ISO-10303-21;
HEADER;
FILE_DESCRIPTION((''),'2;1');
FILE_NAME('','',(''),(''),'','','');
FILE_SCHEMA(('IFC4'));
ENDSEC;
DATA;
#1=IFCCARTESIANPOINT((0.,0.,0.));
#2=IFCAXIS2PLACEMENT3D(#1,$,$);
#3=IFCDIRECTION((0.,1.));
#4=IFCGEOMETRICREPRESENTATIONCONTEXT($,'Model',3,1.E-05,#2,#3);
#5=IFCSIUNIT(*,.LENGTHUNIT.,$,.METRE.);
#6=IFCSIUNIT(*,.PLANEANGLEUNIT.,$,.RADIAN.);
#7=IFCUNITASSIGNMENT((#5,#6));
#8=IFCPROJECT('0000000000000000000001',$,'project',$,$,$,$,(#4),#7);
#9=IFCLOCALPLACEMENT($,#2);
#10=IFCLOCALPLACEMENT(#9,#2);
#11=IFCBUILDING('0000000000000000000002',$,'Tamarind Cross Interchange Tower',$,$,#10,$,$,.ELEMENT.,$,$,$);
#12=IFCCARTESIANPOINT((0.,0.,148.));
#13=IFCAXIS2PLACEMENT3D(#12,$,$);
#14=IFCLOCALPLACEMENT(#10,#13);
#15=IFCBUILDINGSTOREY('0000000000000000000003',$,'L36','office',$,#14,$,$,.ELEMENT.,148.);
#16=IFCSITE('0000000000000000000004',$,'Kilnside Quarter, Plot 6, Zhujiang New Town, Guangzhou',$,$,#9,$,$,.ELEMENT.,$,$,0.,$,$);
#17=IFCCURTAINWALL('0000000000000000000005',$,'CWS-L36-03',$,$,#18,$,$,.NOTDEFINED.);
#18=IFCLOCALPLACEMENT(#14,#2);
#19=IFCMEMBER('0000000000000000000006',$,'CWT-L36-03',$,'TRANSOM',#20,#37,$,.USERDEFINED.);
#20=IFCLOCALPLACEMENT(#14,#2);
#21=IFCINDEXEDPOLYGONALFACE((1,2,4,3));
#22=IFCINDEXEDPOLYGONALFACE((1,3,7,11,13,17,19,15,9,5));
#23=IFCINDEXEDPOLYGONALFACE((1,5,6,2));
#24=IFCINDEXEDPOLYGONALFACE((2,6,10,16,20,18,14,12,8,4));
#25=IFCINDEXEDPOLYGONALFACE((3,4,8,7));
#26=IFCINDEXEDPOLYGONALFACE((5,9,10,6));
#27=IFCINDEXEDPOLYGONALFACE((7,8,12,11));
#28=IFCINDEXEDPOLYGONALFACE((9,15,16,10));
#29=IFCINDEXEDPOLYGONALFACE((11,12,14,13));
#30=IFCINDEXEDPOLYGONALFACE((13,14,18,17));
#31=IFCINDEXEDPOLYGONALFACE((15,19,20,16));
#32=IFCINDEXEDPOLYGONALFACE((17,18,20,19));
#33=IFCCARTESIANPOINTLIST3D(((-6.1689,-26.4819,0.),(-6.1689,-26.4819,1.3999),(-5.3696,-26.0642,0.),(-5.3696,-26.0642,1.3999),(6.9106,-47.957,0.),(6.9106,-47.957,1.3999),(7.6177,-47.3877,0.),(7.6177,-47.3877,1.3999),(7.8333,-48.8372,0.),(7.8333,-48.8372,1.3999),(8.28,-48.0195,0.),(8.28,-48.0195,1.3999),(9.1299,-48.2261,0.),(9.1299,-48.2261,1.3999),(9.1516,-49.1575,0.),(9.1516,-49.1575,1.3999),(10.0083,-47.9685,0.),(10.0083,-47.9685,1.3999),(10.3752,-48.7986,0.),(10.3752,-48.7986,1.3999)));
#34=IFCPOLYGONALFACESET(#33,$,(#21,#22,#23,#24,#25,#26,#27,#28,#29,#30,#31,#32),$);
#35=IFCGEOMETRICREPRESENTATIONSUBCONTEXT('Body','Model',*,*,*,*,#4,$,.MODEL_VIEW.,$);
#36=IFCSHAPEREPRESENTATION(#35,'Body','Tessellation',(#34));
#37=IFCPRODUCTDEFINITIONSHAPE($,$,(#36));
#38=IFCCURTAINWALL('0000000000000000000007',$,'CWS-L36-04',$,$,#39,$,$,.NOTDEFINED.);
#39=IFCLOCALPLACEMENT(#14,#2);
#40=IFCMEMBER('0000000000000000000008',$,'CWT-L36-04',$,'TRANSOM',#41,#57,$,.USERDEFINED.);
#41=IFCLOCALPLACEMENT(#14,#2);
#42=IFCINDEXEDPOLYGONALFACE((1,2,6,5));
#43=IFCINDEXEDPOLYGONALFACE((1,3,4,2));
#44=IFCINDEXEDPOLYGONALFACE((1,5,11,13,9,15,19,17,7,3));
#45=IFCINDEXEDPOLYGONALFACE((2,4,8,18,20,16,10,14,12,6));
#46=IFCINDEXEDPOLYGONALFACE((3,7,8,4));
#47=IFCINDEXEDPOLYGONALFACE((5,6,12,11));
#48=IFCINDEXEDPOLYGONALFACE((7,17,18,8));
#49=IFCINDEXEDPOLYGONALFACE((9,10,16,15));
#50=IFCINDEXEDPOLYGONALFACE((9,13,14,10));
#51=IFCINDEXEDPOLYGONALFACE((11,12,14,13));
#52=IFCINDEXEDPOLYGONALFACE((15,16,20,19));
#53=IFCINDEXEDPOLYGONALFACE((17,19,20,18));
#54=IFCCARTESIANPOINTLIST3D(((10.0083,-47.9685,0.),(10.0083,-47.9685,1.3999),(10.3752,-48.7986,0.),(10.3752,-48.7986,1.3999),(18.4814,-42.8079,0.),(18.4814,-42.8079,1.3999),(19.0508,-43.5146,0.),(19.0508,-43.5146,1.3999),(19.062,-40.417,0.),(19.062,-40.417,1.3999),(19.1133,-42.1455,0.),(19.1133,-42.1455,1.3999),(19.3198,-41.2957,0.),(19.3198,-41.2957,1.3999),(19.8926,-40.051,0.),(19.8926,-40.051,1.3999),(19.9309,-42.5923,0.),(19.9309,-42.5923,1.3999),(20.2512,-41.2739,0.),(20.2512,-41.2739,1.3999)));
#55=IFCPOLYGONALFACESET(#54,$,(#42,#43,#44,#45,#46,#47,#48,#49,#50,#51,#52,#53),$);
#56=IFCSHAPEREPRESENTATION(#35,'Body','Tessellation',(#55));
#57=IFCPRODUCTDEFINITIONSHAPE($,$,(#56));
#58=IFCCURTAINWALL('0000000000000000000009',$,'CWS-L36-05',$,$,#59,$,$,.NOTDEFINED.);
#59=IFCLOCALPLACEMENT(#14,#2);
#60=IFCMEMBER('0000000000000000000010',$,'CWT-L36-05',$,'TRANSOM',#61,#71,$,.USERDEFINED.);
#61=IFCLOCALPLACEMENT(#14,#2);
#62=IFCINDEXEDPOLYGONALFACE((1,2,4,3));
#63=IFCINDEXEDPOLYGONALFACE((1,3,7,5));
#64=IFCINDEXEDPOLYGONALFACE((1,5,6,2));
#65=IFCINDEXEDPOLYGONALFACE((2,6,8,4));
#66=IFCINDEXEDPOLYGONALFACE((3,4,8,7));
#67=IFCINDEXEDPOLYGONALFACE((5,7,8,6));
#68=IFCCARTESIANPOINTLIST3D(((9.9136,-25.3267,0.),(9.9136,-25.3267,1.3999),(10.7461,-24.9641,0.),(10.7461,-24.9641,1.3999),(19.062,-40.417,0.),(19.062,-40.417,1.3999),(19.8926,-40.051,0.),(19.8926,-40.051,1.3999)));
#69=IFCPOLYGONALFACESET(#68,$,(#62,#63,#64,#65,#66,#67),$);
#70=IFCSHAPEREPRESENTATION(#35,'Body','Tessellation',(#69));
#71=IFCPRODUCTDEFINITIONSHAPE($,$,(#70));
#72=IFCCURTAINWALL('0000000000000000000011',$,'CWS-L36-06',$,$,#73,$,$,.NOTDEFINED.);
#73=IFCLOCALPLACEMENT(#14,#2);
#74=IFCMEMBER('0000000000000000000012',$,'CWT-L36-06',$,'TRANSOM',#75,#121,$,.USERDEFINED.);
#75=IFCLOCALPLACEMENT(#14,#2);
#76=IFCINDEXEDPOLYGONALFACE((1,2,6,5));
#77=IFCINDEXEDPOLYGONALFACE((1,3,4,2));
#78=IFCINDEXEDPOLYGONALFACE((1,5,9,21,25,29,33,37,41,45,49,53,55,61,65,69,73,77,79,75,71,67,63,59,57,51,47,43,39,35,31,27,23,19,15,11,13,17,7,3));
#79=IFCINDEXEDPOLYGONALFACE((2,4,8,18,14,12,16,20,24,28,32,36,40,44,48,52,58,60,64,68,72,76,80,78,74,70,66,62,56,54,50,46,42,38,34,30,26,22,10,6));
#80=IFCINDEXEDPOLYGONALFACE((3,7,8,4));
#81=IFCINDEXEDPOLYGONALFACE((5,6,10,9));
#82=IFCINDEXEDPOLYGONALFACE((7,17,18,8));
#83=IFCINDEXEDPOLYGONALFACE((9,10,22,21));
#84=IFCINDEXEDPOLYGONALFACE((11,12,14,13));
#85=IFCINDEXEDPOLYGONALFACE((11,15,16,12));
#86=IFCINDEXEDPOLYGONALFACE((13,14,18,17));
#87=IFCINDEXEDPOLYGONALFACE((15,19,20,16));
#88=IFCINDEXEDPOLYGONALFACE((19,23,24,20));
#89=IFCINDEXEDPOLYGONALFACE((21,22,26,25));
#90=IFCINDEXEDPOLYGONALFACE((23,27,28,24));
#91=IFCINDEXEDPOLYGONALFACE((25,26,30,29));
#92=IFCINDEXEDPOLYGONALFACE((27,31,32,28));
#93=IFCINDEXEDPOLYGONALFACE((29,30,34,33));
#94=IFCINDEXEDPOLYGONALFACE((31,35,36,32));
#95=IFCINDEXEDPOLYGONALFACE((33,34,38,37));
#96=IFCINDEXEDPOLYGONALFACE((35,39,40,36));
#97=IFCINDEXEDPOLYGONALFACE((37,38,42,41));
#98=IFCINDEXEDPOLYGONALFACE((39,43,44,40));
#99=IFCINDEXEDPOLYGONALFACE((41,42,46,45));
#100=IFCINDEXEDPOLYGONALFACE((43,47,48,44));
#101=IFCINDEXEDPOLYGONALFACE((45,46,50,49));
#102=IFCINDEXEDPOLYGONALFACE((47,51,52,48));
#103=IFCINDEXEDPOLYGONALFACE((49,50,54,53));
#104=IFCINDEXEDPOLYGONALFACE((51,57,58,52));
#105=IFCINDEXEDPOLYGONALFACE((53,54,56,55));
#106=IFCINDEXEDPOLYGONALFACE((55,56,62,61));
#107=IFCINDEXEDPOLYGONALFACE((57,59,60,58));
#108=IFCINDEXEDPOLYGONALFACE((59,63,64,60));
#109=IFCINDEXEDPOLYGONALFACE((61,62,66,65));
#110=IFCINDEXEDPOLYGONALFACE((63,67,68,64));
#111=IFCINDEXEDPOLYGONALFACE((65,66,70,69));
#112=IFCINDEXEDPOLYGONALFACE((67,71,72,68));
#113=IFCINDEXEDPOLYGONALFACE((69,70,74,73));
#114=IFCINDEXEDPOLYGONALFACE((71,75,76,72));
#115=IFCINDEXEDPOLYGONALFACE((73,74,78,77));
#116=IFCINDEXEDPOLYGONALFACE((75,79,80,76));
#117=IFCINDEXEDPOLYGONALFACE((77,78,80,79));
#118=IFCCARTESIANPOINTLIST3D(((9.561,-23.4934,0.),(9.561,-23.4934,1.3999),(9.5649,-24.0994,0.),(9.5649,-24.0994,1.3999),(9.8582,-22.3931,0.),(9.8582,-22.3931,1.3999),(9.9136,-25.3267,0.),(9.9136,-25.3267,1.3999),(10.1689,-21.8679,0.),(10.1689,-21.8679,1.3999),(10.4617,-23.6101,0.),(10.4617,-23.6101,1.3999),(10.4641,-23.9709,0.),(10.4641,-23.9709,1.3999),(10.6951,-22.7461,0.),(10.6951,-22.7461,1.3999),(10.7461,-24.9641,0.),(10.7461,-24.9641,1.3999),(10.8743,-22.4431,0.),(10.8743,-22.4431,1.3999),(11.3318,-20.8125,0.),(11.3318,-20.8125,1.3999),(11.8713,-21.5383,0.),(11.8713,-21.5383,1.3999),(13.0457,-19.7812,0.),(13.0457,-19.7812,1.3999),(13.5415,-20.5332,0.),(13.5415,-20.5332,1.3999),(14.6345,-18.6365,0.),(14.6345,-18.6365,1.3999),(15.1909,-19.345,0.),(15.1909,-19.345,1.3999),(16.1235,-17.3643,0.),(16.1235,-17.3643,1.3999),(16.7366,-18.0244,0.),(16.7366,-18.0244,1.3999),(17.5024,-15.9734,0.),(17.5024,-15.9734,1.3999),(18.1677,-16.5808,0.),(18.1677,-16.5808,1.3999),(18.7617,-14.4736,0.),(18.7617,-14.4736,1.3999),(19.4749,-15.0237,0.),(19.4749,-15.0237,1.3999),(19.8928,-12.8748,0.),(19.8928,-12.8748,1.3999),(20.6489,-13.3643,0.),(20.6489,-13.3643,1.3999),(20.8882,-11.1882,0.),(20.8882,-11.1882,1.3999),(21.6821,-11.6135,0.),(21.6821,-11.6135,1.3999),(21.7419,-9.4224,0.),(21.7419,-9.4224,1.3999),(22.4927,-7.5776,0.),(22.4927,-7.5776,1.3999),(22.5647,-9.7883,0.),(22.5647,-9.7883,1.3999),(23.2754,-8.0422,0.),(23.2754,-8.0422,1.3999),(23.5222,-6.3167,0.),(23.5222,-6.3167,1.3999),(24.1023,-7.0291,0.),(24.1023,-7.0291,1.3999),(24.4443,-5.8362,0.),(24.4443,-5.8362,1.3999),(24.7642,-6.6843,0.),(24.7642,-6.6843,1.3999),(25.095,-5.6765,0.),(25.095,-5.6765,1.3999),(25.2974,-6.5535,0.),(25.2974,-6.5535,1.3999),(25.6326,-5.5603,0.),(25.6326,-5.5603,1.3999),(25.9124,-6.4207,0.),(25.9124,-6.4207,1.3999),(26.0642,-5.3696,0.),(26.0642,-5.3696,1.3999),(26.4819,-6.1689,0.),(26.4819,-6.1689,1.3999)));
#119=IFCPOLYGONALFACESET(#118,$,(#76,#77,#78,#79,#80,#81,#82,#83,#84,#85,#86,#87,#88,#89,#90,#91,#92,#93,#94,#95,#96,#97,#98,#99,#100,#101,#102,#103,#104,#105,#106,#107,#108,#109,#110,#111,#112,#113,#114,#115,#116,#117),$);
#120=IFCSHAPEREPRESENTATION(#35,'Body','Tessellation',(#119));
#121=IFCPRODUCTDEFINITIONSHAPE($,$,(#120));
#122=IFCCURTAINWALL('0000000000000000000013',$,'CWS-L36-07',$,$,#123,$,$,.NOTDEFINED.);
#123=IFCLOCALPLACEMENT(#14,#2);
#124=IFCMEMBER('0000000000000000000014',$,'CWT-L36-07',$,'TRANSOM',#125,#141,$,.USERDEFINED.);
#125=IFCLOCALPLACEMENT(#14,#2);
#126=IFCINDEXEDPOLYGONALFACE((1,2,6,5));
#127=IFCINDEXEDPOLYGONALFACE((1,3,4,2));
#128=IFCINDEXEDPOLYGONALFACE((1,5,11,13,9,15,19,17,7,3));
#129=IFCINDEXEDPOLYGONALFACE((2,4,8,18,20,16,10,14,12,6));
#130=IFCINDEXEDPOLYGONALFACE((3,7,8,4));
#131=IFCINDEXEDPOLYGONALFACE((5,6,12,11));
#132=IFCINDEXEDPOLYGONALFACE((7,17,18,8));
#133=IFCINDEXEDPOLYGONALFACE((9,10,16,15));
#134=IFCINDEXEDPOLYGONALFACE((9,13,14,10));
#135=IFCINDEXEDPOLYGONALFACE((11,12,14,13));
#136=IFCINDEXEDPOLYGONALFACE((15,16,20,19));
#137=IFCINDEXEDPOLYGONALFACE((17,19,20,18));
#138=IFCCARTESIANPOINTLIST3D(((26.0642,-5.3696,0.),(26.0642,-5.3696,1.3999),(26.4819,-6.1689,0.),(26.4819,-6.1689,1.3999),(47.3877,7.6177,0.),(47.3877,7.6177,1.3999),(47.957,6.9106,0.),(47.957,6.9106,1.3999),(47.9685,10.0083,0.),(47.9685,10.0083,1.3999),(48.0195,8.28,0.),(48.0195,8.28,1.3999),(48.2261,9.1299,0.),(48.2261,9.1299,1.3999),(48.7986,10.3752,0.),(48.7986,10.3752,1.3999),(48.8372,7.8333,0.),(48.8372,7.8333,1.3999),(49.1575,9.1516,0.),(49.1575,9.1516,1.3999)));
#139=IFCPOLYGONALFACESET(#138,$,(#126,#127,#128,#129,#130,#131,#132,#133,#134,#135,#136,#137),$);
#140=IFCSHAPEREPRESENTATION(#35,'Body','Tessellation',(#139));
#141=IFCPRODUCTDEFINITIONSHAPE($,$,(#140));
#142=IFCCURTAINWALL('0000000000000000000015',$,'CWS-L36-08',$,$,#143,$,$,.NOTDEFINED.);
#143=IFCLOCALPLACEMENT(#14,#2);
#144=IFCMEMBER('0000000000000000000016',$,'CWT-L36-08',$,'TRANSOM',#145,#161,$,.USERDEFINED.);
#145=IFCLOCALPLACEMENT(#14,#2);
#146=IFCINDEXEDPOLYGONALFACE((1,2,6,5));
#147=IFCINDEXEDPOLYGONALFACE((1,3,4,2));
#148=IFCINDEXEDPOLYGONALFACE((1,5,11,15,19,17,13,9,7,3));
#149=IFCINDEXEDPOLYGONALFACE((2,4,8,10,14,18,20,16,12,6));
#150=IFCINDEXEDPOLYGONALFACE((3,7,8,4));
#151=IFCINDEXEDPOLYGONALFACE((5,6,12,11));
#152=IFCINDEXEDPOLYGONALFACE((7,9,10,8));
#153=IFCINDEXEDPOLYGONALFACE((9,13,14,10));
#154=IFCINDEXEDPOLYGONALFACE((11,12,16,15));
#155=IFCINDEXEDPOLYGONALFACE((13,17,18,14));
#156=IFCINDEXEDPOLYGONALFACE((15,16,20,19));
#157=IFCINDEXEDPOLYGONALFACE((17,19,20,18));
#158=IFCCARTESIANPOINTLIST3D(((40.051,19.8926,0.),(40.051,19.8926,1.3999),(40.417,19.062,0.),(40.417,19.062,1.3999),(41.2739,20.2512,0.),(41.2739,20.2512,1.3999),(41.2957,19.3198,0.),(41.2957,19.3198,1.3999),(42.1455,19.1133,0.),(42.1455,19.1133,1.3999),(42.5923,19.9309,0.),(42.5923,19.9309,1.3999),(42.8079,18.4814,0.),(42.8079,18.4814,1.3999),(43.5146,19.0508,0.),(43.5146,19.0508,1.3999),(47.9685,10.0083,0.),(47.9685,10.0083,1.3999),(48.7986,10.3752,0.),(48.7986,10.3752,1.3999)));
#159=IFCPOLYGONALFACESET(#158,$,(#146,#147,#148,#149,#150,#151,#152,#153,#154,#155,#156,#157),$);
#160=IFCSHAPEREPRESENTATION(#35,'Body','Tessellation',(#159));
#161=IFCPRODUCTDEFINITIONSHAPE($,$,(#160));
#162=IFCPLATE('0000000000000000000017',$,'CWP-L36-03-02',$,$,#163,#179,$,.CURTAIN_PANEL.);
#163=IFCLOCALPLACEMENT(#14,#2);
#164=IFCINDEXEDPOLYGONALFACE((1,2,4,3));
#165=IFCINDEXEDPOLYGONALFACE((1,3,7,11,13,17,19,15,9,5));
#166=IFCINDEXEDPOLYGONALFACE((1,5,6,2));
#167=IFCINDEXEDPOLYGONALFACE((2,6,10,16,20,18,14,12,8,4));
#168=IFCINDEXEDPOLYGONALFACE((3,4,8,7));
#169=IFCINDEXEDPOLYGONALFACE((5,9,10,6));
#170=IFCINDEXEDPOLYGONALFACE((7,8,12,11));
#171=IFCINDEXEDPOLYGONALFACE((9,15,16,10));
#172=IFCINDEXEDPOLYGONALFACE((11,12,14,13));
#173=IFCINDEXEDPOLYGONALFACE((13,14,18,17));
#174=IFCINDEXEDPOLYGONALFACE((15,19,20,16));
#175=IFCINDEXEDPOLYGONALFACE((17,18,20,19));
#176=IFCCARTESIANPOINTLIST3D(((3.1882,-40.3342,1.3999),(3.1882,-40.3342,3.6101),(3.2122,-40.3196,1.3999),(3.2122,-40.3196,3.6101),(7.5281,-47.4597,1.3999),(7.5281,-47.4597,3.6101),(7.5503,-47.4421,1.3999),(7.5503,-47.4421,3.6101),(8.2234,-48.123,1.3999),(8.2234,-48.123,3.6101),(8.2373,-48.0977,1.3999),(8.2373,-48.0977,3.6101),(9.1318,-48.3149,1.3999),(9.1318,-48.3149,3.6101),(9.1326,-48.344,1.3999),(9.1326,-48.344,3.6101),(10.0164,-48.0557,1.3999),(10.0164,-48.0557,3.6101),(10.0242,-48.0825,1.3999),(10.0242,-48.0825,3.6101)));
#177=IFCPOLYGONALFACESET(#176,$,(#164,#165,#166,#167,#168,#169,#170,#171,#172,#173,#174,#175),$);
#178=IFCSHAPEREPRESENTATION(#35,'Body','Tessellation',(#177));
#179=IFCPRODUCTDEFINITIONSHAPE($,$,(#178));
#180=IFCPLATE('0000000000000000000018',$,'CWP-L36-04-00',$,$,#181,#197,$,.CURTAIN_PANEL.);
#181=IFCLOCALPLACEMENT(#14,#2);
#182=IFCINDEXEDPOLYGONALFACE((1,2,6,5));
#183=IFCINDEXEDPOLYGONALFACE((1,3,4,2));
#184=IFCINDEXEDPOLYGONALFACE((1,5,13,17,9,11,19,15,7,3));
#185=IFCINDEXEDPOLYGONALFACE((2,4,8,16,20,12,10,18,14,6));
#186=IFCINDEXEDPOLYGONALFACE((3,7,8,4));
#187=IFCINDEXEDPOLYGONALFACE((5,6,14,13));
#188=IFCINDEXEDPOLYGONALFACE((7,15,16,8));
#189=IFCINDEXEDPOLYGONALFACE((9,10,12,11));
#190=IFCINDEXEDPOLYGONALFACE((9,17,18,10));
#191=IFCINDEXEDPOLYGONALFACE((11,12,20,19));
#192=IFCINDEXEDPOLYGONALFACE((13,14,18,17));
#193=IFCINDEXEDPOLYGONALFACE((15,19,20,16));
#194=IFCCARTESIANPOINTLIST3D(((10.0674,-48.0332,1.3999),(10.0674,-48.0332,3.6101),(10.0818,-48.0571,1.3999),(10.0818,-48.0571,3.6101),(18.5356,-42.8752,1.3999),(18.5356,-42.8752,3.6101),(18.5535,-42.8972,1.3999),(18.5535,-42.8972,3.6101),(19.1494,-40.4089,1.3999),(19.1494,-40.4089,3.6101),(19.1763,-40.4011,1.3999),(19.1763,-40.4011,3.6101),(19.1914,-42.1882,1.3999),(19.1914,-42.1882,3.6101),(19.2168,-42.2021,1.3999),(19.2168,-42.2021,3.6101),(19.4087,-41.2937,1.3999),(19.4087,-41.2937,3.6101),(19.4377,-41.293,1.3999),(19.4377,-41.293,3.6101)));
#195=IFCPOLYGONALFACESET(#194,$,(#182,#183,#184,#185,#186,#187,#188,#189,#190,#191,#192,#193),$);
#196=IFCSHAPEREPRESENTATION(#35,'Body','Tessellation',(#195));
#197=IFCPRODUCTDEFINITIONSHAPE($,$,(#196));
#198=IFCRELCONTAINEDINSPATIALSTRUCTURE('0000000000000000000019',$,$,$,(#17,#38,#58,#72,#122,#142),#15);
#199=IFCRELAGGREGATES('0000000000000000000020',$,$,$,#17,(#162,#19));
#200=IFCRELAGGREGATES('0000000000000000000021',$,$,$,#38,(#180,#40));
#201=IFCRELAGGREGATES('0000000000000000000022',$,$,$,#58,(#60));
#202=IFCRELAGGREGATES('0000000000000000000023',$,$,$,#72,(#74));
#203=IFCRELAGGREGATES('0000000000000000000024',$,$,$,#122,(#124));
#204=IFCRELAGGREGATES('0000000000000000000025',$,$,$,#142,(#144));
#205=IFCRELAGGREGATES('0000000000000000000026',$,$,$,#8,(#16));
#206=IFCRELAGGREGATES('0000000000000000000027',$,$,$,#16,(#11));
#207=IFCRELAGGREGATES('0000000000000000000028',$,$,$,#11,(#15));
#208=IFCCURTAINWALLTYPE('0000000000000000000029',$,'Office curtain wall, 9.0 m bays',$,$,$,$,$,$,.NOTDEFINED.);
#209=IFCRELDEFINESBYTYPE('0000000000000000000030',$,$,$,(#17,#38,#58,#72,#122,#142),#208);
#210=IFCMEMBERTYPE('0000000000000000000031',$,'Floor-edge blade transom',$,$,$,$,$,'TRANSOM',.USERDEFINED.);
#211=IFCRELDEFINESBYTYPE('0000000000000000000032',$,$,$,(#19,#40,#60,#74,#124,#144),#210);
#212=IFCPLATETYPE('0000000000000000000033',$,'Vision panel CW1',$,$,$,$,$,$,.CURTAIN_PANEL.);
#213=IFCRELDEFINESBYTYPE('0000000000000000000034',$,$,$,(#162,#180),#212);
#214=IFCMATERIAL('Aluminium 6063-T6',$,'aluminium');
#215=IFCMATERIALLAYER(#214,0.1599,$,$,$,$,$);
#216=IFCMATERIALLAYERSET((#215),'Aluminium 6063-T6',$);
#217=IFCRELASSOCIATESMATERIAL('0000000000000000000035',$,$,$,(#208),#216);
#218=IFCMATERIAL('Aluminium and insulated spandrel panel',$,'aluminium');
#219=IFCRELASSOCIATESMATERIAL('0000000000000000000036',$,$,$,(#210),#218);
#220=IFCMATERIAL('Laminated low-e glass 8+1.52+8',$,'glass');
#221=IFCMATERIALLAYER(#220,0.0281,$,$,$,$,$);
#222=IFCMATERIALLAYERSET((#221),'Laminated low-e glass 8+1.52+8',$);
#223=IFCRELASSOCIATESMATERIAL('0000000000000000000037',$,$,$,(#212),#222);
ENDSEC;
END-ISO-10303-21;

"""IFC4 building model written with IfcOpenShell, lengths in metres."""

from ifc_helpers import new_model, si_unit, direction, frame, origin, place, context, subcontext, project, spatial, polyline, outline, extrude, material, layer, layer_set, type_object, element, aggregate, save


model = new_model("IFC4")

# Units and contexts
model_context = context("Model", 3, precision=1e-05, world=origin(), true_north=direction((0.0, 1.0)))
body_context = subcontext(model_context, "Body", "Model", "MODEL_VIEW")
ifc_project = project(units=[si_unit("LENGTHUNIT", "METRE"), si_unit("PLANEANGLEUNIT", "RADIAN")], contexts=[model_context])

# Site, building, storey
site_placement = place(None, origin())
site = spatial("IfcSite", under=ifc_project, at=site_placement, Name="Kilnside Quarter, Plot 6, Zhujiang New Town, Guangzhou", CompositionType="ELEMENT", RefElevation=0.0)
building_placement = place(site_placement, origin())
building = spatial("IfcBuilding", under=site, at=building_placement, Name="Tamarind Cross Interchange Tower", CompositionType="ELEMENT")
storey_placement = place(building_placement, frame((0.0, 0.0, 148.0)))
storey = spatial("IfcBuildingStorey", under=building, at=storey_placement, Name="L36", Description="office", CompositionType="ELEMENT", Elevation=148.0)

# Curtain walls, members
ifc_material_1 = material(Name="Aluminium 6063-T6", Category="aluminium")
ifc_layer_1 = layer(ifc_material_1, 0.1599)
ifc_layer_set_1 = layer_set([ifc_layer_1], Name="Aluminium 6063-T6")
curtain_wall_type = type_object("IfcCurtainWallType", Name="Office curtain wall, 9.0 m bays", PredefinedType="NOTDEFINED", material=ifc_layer_set_1)
curtain_wall_1_placement = place(storey_placement, origin())
curtain_wall_1 = element("IfcCurtainWall", 1, at=curtain_wall_1_placement, inside=storey, type_object=curtain_wall_type, Name="CWS-L36-03", PredefinedType="NOTDEFINED")
ifc_material_2 = material(Name="Aluminium and insulated spandrel panel", Category="aluminium")
member_type = type_object("IfcMemberType", Name="Floor-edge blade transom", ElementType="TRANSOM", PredefinedType="USERDEFINED", material=ifc_material_2)
member_1_placement = place(storey_placement, origin())
member_1 = element("IfcMember", 2, at=member_1_placement, type_object=member_type, Name="CWT-L36-03", ObjectType="TRANSOM", PredefinedType="USERDEFINED", context=body_context, shape_type="SweptSolid", body=[
    extrude(outline(polyline([(-5.3696, -26.0642), (7.6177, -47.3877), (8.28, -48.0195), (9.1299, -48.2261), (10.0083, -47.9685), (10.3752, -48.7986), (9.1516, -49.1575), (7.8333, -48.8372), (6.9106, -47.957), (-6.1689, -26.4819), (-5.3696, -26.0642)])), origin(), (0.0, 0.0, 1.0), 1.3999),
])
curtain_wall_2_placement = place(storey_placement, origin())
curtain_wall_2 = element("IfcCurtainWall", 3, at=curtain_wall_2_placement, inside=storey, type_object=curtain_wall_type, Name="CWS-L36-04", PredefinedType="NOTDEFINED")
member_2_placement = place(storey_placement, origin())
member_2 = element("IfcMember", 4, at=member_2_placement, type_object=member_type, Name="CWT-L36-04", ObjectType="TRANSOM", PredefinedType="USERDEFINED", context=body_context, shape_type="SweptSolid", body=[
    extrude(outline(polyline([(10.0083, -47.9685), (18.4814, -42.8079), (19.1133, -42.1455), (19.3198, -41.2957), (19.062, -40.417), (19.8926, -40.051), (20.2512, -41.2739), (19.9309, -42.5923), (19.0508, -43.5146), (10.3752, -48.7986), (10.0083, -47.9685)])), origin(), (0.0, 0.0, 1.0), 1.3999),
])
curtain_wall_3_placement = place(storey_placement, origin())
curtain_wall_3 = element("IfcCurtainWall", 5, at=curtain_wall_3_placement, inside=storey, type_object=curtain_wall_type, Name="CWS-L36-05", PredefinedType="NOTDEFINED")
member_3_placement = place(storey_placement, origin())
member_3 = element("IfcMember", 6, at=member_3_placement, type_object=member_type, Name="CWT-L36-05", ObjectType="TRANSOM", PredefinedType="USERDEFINED", context=body_context, shape_type="SweptSolid", body=[
    extrude(outline(polyline([(19.062, -40.417), (9.9136, -25.3267), (10.7461, -24.9641), (19.8926, -40.051), (19.062, -40.417)])), origin(), (0.0, 0.0, 1.0), 1.3999),
])
curtain_wall_4_placement = place(storey_placement, origin())
curtain_wall_4 = element("IfcCurtainWall", 7, at=curtain_wall_4_placement, inside=storey, type_object=curtain_wall_type, Name="CWS-L36-06", PredefinedType="NOTDEFINED")
member_4_placement = place(storey_placement, origin())
member_4 = element("IfcMember", 8, at=member_4_placement, type_object=member_type, Name="CWT-L36-06", ObjectType="TRANSOM", PredefinedType="USERDEFINED", context=body_context, shape_type="SweptSolid", body=[
    extrude(outline(polyline([(9.9136, -25.3267), (9.5649, -24.0994), (9.561, -23.4934), (9.8582, -22.3931), (10.1689, -21.8679), (11.3318, -20.8125), (13.0457, -19.7812), (14.6345, -18.6365), (16.1235, -17.3643), (17.5024, -15.9734), (18.7617, -14.4736), (19.8928, -12.8748), (20.8882, -11.1882), (21.7419, -9.4224), (22.4927, -7.5776), (23.5222, -6.3167), (24.4443, -5.8362), (25.095, -5.6765), (25.6326, -5.5603), (26.0642, -5.3696), (26.4819, -6.1689), (25.9124, -6.4207), (25.2974, -6.5535), (24.7642, -6.6843), (24.1023, -7.0291), (23.2754, -8.0422), (22.5647, -9.7883), (21.6821, -11.6135), (20.6489, -13.3643), (19.4749, -15.0237), (18.1677, -16.5808), (16.7366, -18.0244), (15.1909, -19.345), (13.5415, -20.5332), (11.8713, -21.5383), (10.8743, -22.4431), (10.6951, -22.7461), (10.4617, -23.6101), (10.4641, -23.9709), (10.7461, -24.9641), (9.9136, -25.3267)])), origin(), (0.0, 0.0, 1.0), 1.3999),
])
curtain_wall_5_placement = place(storey_placement, origin())
curtain_wall_5 = element("IfcCurtainWall", 9, at=curtain_wall_5_placement, inside=storey, type_object=curtain_wall_type, Name="CWS-L36-07", PredefinedType="NOTDEFINED")
member_5_placement = place(storey_placement, origin())
member_5 = element("IfcMember", 10, at=member_5_placement, type_object=member_type, Name="CWT-L36-07", ObjectType="TRANSOM", PredefinedType="USERDEFINED", context=body_context, shape_type="SweptSolid", body=[
    extrude(outline(polyline([(26.0642, -5.3696), (47.3877, 7.6177), (48.0195, 8.28), (48.2261, 9.1299), (47.9685, 10.0083), (48.7986, 10.3752), (49.1575, 9.1516), (48.8372, 7.8333), (47.957, 6.9106), (26.4819, -6.1689), (26.0642, -5.3696)])), origin(), (0.0, 0.0, 1.0), 1.3999),
])
curtain_wall_6_placement = place(storey_placement, origin())
curtain_wall_6 = element("IfcCurtainWall", 11, at=curtain_wall_6_placement, inside=storey, type_object=curtain_wall_type, Name="CWS-L36-08", PredefinedType="NOTDEFINED")
member_6_placement = place(storey_placement, origin())
member_6 = element("IfcMember", 12, at=member_6_placement, type_object=member_type, Name="CWT-L36-08", ObjectType="TRANSOM", PredefinedType="USERDEFINED", context=body_context, shape_type="SweptSolid", body=[
    extrude(outline(polyline([(47.9685, 10.0083), (42.8079, 18.4814), (42.1455, 19.1133), (41.2957, 19.3198), (40.417, 19.062), (40.051, 19.8926), (41.2739, 20.2512), (42.5923, 19.9309), (43.5146, 19.0508), (48.7986, 10.3752), (47.9685, 10.0083)])), origin(), (0.0, 0.0, 1.0), 1.3999),
])

# Plates
ifc_material_3 = material(Name="Laminated low-e glass 8+1.52+8", Category="glass")
ifc_layer_2 = layer(ifc_material_3, 0.0281)
ifc_layer_set_2 = layer_set([ifc_layer_2], Name="Laminated low-e glass 8+1.52+8")
plate_type = type_object("IfcPlateType", Name="Vision panel CW1", PredefinedType="CURTAIN_PANEL", material=ifc_layer_set_2)
plate_1_placement = place(storey_placement, frame((0.0, 0.0, 1.3999)))
plate_1 = element("IfcPlate", 13, at=plate_1_placement, type_object=plate_type, Name="CWP-L36-03-02", PredefinedType="CURTAIN_PANEL", context=body_context, shape_type="SweptSolid", body=[
    extrude(outline(polyline([(3.2122, -40.3196), (7.5503, -47.4421), (8.2373, -48.0977), (9.1318, -48.3149), (10.0164, -48.0557), (10.0242, -48.0825), (9.1326, -48.344), (8.2234, -48.123), (7.5281, -47.4597), (3.1882, -40.3342), (3.2122, -40.3196)])), origin(), (0.0, 0.0, 1.0), 2.2102),
])
aggregate(curtain_wall_1, [plate_1, member_1])
plate_2_placement = place(storey_placement, frame((0.0, 0.0, 1.3999)))
plate_2 = element("IfcPlate", 14, at=plate_2_placement, type_object=plate_type, Name="CWP-L36-04-00", PredefinedType="CURTAIN_PANEL", context=body_context, shape_type="SweptSolid", body=[
    extrude(outline(polyline([(10.0674, -48.0332), (18.5356, -42.8752), (19.1914, -42.1882), (19.4087, -41.2937), (19.1494, -40.4089), (19.1763, -40.4011), (19.4377, -41.293), (19.2168, -42.2021), (18.5535, -42.8972), (10.0818, -48.0571), (10.0674, -48.0332)])), origin(), (0.0, 0.0, 1.0), 2.2102),
])
aggregate(curtain_wall_2, [plate_2, member_2])
aggregate(curtain_wall_3, [member_3])
aggregate(curtain_wall_4, [member_4])
aggregate(curtain_wall_5, [member_5])
aggregate(curtain_wall_6, [member_6])

save(model, "model.ifc")
